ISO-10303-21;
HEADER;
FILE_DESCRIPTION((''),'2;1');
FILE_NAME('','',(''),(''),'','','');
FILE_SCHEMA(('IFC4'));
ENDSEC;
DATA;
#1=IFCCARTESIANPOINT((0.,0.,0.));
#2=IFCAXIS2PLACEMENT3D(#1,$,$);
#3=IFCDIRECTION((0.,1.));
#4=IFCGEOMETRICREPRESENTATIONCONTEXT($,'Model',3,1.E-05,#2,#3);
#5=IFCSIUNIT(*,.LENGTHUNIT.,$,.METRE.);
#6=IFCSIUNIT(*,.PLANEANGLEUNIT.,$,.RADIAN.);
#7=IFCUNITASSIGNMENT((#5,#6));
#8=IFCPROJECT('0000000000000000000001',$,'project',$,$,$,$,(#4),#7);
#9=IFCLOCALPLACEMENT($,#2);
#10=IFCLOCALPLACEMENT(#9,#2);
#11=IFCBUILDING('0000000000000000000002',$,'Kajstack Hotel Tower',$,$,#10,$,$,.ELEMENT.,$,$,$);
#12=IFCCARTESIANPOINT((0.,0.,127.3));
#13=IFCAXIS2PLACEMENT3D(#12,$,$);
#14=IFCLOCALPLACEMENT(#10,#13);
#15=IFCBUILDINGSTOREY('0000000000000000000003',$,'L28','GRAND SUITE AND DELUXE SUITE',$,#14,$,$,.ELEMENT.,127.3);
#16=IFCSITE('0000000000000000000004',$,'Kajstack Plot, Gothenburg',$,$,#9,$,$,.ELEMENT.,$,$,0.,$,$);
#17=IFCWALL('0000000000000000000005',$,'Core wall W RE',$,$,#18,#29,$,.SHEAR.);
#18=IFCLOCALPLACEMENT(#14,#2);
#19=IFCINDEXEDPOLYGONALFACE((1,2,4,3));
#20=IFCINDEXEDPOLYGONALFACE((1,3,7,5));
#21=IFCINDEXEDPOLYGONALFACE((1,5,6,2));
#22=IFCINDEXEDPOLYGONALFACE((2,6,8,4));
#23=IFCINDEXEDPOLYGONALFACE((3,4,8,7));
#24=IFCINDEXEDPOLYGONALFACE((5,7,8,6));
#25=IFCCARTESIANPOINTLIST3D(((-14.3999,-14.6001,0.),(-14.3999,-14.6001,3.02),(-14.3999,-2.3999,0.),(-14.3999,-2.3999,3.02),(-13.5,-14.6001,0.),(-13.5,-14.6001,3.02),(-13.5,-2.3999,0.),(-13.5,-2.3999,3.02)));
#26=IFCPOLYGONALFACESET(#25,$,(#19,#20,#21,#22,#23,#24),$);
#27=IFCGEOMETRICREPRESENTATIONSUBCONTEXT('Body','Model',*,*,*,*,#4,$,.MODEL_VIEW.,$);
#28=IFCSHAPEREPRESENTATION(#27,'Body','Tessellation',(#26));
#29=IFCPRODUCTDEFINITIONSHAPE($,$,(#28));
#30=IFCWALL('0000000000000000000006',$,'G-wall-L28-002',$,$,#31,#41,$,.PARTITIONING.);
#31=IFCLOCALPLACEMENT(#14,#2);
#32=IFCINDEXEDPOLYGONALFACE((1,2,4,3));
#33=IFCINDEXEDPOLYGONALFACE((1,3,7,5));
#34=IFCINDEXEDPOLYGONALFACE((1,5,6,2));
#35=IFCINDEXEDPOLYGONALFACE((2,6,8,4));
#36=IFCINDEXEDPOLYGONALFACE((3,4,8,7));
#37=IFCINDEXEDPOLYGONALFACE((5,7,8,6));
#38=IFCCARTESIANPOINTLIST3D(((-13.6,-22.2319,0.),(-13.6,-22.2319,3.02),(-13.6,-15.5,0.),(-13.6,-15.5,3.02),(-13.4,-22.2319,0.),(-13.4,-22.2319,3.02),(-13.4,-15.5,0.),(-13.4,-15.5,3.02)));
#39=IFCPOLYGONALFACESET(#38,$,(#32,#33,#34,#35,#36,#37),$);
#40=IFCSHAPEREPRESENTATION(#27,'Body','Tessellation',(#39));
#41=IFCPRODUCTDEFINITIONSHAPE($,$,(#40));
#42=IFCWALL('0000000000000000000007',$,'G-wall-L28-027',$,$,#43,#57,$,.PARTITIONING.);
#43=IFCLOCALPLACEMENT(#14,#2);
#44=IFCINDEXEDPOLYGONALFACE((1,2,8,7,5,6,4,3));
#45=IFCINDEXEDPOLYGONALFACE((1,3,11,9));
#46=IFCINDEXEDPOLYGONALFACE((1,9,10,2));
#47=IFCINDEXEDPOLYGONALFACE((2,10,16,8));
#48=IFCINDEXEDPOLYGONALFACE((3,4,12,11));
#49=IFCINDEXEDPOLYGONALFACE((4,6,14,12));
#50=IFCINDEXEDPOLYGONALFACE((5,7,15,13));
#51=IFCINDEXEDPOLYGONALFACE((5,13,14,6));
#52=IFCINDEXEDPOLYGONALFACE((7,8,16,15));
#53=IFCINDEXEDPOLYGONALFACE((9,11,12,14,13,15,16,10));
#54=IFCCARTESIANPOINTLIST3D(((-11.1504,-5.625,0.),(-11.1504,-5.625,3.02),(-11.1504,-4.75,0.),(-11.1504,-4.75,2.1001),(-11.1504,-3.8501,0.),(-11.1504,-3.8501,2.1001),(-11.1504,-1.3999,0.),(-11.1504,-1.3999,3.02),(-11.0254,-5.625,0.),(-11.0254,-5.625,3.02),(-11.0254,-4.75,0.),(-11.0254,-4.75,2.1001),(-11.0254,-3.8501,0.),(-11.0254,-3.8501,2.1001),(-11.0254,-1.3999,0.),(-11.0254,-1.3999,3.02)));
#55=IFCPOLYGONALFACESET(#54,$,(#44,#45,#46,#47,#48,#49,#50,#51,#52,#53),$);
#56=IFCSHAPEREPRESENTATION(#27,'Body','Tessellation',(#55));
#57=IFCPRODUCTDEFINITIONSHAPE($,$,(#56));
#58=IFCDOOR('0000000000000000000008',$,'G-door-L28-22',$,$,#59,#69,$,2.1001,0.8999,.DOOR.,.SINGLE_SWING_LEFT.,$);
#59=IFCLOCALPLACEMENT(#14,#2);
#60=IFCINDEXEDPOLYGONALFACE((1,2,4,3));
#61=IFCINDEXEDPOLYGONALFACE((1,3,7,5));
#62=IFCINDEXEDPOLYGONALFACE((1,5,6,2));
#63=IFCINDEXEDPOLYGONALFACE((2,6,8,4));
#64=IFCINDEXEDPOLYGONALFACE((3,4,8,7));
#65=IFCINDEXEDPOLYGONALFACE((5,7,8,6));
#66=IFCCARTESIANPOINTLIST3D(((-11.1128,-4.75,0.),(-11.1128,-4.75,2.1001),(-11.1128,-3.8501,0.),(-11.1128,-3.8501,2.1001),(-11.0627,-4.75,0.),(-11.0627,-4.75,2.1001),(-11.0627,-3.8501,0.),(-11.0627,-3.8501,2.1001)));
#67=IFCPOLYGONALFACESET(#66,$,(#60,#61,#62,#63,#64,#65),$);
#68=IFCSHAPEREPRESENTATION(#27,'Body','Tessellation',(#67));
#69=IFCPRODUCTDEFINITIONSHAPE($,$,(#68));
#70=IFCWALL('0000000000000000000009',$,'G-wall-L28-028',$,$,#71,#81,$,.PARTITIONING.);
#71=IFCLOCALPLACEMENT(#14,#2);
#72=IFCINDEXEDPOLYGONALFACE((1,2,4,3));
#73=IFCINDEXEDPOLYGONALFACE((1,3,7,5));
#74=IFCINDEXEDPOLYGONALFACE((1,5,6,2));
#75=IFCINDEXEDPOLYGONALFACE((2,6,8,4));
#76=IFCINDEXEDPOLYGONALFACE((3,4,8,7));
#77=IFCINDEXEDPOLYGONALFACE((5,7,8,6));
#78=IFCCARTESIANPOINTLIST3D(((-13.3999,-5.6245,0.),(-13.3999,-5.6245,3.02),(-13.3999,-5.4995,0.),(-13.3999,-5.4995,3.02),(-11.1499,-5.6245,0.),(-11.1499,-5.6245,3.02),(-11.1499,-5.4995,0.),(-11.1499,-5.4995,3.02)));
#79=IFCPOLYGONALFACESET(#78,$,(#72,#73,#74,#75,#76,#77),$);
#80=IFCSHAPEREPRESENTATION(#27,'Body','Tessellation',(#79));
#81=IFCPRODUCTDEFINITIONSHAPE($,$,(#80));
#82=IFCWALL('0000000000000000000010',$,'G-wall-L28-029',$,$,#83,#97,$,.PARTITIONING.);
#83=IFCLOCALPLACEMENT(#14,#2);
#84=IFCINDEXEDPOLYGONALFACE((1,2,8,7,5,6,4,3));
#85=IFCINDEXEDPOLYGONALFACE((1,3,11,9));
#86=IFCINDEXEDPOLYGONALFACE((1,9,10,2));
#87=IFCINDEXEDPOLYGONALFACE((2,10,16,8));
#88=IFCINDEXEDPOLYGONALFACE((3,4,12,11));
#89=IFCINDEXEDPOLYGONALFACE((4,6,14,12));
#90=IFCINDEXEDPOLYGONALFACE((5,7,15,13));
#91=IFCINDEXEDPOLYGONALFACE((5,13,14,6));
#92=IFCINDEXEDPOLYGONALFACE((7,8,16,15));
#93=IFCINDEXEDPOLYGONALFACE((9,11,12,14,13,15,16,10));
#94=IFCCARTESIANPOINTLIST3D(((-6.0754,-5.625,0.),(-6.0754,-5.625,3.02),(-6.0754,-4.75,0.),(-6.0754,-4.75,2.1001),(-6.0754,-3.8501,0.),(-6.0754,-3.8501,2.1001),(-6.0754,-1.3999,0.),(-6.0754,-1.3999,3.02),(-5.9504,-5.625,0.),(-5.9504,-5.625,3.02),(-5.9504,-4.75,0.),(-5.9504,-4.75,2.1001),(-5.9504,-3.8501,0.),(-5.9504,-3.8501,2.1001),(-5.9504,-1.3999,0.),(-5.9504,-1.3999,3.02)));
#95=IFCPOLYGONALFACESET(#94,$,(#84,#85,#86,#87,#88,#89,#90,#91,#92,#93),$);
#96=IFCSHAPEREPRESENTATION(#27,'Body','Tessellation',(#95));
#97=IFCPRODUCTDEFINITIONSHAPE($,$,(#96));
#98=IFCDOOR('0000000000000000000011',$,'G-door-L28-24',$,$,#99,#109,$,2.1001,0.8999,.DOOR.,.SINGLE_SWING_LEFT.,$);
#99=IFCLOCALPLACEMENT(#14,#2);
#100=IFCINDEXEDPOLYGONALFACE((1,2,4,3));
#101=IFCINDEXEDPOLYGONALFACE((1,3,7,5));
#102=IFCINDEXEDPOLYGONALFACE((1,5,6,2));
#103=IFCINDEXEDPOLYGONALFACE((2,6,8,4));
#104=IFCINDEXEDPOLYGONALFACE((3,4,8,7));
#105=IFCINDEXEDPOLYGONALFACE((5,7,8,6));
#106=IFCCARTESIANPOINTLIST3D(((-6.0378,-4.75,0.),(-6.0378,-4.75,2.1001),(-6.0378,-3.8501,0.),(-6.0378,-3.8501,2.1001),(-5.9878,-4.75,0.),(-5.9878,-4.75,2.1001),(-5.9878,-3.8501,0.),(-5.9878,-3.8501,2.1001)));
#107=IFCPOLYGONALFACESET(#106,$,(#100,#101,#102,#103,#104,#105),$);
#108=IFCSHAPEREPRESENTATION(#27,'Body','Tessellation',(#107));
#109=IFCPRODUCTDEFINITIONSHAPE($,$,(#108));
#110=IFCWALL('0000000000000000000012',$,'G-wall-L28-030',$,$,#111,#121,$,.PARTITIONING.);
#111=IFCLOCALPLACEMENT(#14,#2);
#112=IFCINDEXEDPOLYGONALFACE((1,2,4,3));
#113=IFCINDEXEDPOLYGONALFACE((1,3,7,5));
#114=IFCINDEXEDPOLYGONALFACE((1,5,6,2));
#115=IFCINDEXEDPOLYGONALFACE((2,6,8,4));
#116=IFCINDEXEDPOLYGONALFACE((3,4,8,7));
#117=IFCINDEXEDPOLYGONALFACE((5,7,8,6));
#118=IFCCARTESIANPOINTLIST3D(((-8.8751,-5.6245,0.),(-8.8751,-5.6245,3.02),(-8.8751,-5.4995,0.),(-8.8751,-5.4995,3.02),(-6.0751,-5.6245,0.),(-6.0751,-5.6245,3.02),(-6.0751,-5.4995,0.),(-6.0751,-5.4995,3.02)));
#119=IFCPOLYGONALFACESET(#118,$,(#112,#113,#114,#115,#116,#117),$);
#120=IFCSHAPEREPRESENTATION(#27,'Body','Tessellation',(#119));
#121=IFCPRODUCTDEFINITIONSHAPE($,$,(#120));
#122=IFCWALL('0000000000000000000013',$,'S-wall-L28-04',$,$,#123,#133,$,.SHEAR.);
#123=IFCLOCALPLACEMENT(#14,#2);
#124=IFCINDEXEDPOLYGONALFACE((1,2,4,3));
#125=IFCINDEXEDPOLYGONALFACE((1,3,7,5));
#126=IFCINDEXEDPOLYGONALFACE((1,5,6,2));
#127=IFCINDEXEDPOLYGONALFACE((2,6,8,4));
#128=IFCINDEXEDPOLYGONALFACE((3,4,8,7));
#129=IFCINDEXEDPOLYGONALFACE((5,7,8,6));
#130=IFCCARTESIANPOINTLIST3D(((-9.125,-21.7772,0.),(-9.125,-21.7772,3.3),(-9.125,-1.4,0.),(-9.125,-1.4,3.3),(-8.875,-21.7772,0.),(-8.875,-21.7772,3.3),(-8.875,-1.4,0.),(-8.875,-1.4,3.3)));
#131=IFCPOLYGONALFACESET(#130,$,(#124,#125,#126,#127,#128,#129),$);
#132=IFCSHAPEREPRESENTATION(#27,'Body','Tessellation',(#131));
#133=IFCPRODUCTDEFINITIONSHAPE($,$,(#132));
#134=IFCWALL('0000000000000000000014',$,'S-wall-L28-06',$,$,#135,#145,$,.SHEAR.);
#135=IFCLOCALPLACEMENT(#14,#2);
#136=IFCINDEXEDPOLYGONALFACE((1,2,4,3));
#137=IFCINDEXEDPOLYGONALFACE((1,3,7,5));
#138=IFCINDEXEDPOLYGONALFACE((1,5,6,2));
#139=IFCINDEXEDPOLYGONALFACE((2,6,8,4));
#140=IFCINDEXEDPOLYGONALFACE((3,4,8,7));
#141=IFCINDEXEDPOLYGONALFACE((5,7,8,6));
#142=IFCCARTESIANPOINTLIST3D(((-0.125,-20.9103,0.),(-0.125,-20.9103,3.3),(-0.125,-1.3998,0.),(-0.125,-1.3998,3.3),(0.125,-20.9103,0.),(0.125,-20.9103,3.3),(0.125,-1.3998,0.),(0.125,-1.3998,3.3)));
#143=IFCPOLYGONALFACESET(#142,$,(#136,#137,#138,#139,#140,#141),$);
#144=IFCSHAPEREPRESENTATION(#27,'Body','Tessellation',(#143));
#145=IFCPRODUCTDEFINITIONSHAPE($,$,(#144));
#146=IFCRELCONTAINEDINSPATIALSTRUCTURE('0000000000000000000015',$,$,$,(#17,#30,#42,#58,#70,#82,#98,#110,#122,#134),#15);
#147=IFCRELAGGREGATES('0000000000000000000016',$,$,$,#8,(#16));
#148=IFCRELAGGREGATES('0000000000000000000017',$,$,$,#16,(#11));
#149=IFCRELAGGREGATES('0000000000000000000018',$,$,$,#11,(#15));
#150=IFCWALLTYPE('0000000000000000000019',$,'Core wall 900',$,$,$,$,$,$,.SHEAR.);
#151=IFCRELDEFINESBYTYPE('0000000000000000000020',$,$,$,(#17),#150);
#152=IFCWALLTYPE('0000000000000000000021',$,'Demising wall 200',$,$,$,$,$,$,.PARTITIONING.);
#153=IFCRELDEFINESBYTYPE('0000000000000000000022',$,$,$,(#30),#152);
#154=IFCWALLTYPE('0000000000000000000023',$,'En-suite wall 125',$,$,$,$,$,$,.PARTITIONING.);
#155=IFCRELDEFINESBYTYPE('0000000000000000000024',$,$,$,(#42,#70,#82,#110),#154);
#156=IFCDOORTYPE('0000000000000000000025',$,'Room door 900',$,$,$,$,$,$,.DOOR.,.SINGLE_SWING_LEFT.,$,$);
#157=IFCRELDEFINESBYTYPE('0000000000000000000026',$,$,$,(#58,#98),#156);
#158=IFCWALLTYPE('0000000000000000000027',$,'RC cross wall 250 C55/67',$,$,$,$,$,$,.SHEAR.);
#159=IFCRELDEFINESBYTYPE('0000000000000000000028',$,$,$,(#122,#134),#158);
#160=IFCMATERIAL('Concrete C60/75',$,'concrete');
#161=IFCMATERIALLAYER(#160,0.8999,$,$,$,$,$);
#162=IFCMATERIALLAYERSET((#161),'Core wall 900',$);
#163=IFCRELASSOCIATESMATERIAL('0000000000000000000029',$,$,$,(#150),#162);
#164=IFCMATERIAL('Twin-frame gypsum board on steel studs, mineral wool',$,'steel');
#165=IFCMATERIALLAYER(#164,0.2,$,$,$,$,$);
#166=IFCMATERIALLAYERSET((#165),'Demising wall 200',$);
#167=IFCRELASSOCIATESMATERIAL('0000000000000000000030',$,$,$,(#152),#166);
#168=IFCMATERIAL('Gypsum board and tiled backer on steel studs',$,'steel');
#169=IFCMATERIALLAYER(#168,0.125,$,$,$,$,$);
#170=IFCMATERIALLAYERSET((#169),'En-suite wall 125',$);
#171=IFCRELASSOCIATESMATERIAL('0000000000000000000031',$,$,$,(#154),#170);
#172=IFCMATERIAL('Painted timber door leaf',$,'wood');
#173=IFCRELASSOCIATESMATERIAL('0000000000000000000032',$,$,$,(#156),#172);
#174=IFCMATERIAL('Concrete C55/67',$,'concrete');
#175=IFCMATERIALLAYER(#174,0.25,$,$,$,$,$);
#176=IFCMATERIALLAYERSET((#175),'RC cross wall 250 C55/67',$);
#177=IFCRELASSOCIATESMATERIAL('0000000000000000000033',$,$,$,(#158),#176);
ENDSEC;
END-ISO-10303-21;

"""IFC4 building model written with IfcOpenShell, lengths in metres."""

from ifc_helpers import new_model, si_unit, direction, frame, frame_2d, origin, place, context, subcontext, project, spatial, rectangle, extrude, material, layer, layer_set, type_object, element, fill, save


model = new_model("IFC4")

# Units and contexts
model_context = context("Model", 3, precision=1e-05, world=origin(), true_north=direction((0.0, 1.0)))
body_context = subcontext(model_context, "Body", "Model", "MODEL_VIEW")
ifc_project = project(units=[si_unit("LENGTHUNIT", "METRE"), si_unit("PLANEANGLEUNIT", "RADIAN")], contexts=[model_context])

# Site, building, storey
site_placement = place(None, origin())
site = spatial("IfcSite", under=ifc_project, at=site_placement, Name="Kajstack Plot, Gothenburg", CompositionType="ELEMENT", RefElevation=0.0)
building_placement = place(site_placement, origin())
building = spatial("IfcBuilding", under=site, at=building_placement, Name="Kajstack Hotel Tower", CompositionType="ELEMENT")
storey_placement = place(building_placement, frame((0.0, 0.0, 127.3)))
storey = spatial("IfcBuildingStorey", under=building, at=storey_placement, Name="L28", Description="GRAND SUITE AND DELUXE SUITE", CompositionType="ELEMENT", Elevation=127.3)

# Walls
ifc_material_1 = material(Name="Concrete C60/75", Category="concrete")
ifc_layer_1 = layer(ifc_material_1, 0.8999)
ifc_layer_set_1 = layer_set([ifc_layer_1], Name="Core wall 900")
wall_type_1 = type_object("IfcWallType", Name="Core wall 900", PredefinedType="SHEAR", material=ifc_layer_set_1)
wall_1_placement = place(storey_placement, frame((-13.95, -14.6001, 0.0), z_axis=(0.0, 0.0, 1.0), x_axis=(0.0, 1.0, 0.0)))
element("IfcWall", 1, at=wall_1_placement, inside=storey, type_object=wall_type_1, Name="Core wall W RE", PredefinedType="SHEAR", context=body_context, shape_type="SweptSolid", body=[
    extrude(rectangle(XDim=12.2002, YDim=0.8999, at=frame_2d((6.1001, 0.0))), origin(), (0.0, 0.0, 1.0), 3.02),
])
ifc_material_2 = material(Name="Twin-frame gypsum board on steel studs, mineral wool", Category="steel")
ifc_layer_2 = layer(ifc_material_2, 0.2)
ifc_layer_set_2 = layer_set([ifc_layer_2], Name="Demising wall 200")
wall_type_2 = type_object("IfcWallType", Name="Demising wall 200", PredefinedType="PARTITIONING", material=ifc_layer_set_2)
wall_2_placement = place(storey_placement, frame((-13.5, -22.2319, 0.0), z_axis=(0.0, 0.0, 1.0), x_axis=(0.0, 1.0, 0.0)))
element("IfcWall", 2, at=wall_2_placement, inside=storey, type_object=wall_type_2, Name="G-wall-L28-002", PredefinedType="PARTITIONING", context=body_context, shape_type="SweptSolid", body=[
    extrude(rectangle(XDim=6.7319, YDim=0.2, at=frame_2d((3.366, 0.0))), origin(), (0.0, 0.0, 1.0), 3.02),
])

# Wall, opening, door
ifc_material_3 = material(Name="Gypsum board and tiled backer on steel studs", Category="steel")
ifc_layer_3 = layer(ifc_material_3, 0.125)
ifc_layer_set_3 = layer_set([ifc_layer_3], Name="En-suite wall 125")
wall_type_3 = type_object("IfcWallType", Name="En-suite wall 125", PredefinedType="PARTITIONING", material=ifc_layer_set_3)
wall_3_placement = place(storey_placement, frame((-11.0879, -5.625, 0.0), z_axis=(0.0, 0.0, 1.0), x_axis=(0.0, 1.0, 0.0)))
wall_3 = element("IfcWall", 3, at=wall_3_placement, inside=storey, type_object=wall_type_3, Name="G-wall-L28-027", PredefinedType="PARTITIONING", context=body_context, shape_type="SweptSolid", body=[
    extrude(rectangle(XDim=4.2251, YDim=0.125, at=frame_2d((2.1125, 0.0))), origin(), (0.0, 0.0, 1.0), 3.02),
])
opening_1_placement = place(wall_3_placement, frame((0.875, 0.0, 0.0)))
opening_1 = element("IfcOpeningElement", 4, at=opening_1_placement, cuts=wall_3, PredefinedType="OPENING", context=body_context, shape_type="SweptSolid", body=[
    extrude(rectangle(XDim=0.8999, YDim=2.1001, at=frame_2d((0.45, 1.05))), frame((0.0, 0.0725, 0.0), z_axis=(0.0, -1.0, 0.0), x_axis=(1.0, 0.0, 0.0)), (0.0, 0.0, 1.0), 0.145),
])
ifc_material_4 = material(Name="Painted timber door leaf", Category="wood")
door_type = type_object("IfcDoorType", Name="Room door 900", OperationType="SINGLE_SWING_LEFT", PredefinedType="DOOR", material=ifc_material_4)
door_1_placement = place(opening_1_placement, origin())
door_1 = element("IfcDoor", 5, at=door_1_placement, inside=storey, type_object=door_type, Name="G-door-L28-22", OperationType="SINGLE_SWING_LEFT", OverallHeight=2.1001, OverallWidth=0.8999, PredefinedType="DOOR", context=body_context, shape_type="SweptSolid", body=[
    extrude(rectangle(XDim=0.8999, YDim=2.1001, at=frame_2d((0.45, 1.05))), frame((0.0, 0.0249, 0.0), z_axis=(0.0, -1.0, 0.0), x_axis=(1.0, 0.0, 0.0)), (0.0, 0.0, 1.0), 0.05),
])
fill(opening_1, door_1)

# Wall
wall_4_placement = place(storey_placement, frame((-13.3999, -5.562, 0.0), z_axis=(0.0, 0.0, 1.0), x_axis=(1.0, 0.0, 0.0)))
element("IfcWall", 6, at=wall_4_placement, inside=storey, type_object=wall_type_3, Name="G-wall-L28-028", PredefinedType="PARTITIONING", context=body_context, shape_type="SweptSolid", body=[
    extrude(rectangle(XDim=2.25, YDim=0.125, at=frame_2d((1.125, 0.0))), origin(), (0.0, 0.0, 1.0), 3.02),
])

# Wall, opening, door
wall_5_placement = place(storey_placement, frame((-6.0129, -5.625, 0.0), z_axis=(0.0, 0.0, 1.0), x_axis=(0.0, 1.0, 0.0)))
wall_5 = element("IfcWall", 7, at=wall_5_placement, inside=storey, type_object=wall_type_3, Name="G-wall-L28-029", PredefinedType="PARTITIONING", context=body_context, shape_type="SweptSolid", body=[
    extrude(rectangle(XDim=4.2251, YDim=0.125, at=frame_2d((2.1125, 0.0))), origin(), (0.0, 0.0, 1.0), 3.02),
])
opening_2_placement = place(wall_5_placement, frame((0.875, 0.0, 0.0)))
opening_2 = element("IfcOpeningElement", 8, at=opening_2_placement, cuts=wall_5, PredefinedType="OPENING", context=body_context, shape_type="SweptSolid", body=[
    extrude(rectangle(XDim=0.8999, YDim=2.1001, at=frame_2d((0.45, 1.05))), frame((0.0, 0.0725, 0.0), z_axis=(0.0, -1.0, 0.0), x_axis=(1.0, 0.0, 0.0)), (0.0, 0.0, 1.0), 0.145),
])
door_2_placement = place(opening_2_placement, origin())
door_2 = element("IfcDoor", 9, at=door_2_placement, inside=storey, type_object=door_type, Name="G-door-L28-24", OperationType="SINGLE_SWING_LEFT", OverallHeight=2.1001, OverallWidth=0.8999, PredefinedType="DOOR", context=body_context, shape_type="SweptSolid", body=[
    extrude(rectangle(XDim=0.8999, YDim=2.1001, at=frame_2d((0.45, 1.05))), frame((0.0, 0.0249, 0.0), z_axis=(0.0, -1.0, 0.0), x_axis=(1.0, 0.0, 0.0)), (0.0, 0.0, 1.0), 0.05),
])
fill(opening_2, door_2)

# Walls
wall_6_placement = place(storey_placement, frame((-8.875, -5.562, 0.0), z_axis=(0.0, 0.0, 1.0), x_axis=(1.0, 0.0, 0.0)))
element("IfcWall", 10, at=wall_6_placement, inside=storey, type_object=wall_type_3, Name="G-wall-L28-030", PredefinedType="PARTITIONING", context=body_context, shape_type="SweptSolid", body=[
    extrude(rectangle(XDim=2.8, YDim=0.125, at=frame_2d((1.3999, 0.0))), origin(), (0.0, 0.0, 1.0), 3.02),
])
ifc_material_5 = material(Name="Concrete C55/67", Category="concrete")
ifc_layer_4 = layer(ifc_material_5, 0.25)
ifc_layer_set_4 = layer_set([ifc_layer_4], Name="RC cross wall 250 C55/67")
wall_type_4 = type_object("IfcWallType", Name="RC cross wall 250 C55/67", PredefinedType="SHEAR", material=ifc_layer_set_4)
wall_7_placement = place(storey_placement, frame((-9.0, -21.7771, 0.0), z_axis=(0.0, 0.0, 1.0), x_axis=(0.0, 1.0, 0.0)))
element("IfcWall", 11, at=wall_7_placement, inside=storey, type_object=wall_type_4, Name="S-wall-L28-04", PredefinedType="SHEAR", context=body_context, shape_type="SweptSolid", body=[
    extrude(rectangle(XDim=20.3772, YDim=0.25, at=frame_2d((10.1885, 0.0))), origin(), (0.0, 0.0, 1.0), 3.3),
])
wall_8_placement = place(storey_placement, frame((0.0, -20.9104, 0.0), z_axis=(0.0, 0.0, 1.0), x_axis=(0.0, 1.0, 0.0)))
element("IfcWall", 12, at=wall_8_placement, inside=storey, type_object=wall_type_4, Name="S-wall-L28-06", PredefinedType="SHEAR", context=body_context, shape_type="SweptSolid", body=[
    extrude(rectangle(XDim=19.5105, YDim=0.25, at=frame_2d((9.7554, 0.0))), origin(), (0.0, 0.0, 1.0), 3.3),
])

save(model, "model.ifc")
